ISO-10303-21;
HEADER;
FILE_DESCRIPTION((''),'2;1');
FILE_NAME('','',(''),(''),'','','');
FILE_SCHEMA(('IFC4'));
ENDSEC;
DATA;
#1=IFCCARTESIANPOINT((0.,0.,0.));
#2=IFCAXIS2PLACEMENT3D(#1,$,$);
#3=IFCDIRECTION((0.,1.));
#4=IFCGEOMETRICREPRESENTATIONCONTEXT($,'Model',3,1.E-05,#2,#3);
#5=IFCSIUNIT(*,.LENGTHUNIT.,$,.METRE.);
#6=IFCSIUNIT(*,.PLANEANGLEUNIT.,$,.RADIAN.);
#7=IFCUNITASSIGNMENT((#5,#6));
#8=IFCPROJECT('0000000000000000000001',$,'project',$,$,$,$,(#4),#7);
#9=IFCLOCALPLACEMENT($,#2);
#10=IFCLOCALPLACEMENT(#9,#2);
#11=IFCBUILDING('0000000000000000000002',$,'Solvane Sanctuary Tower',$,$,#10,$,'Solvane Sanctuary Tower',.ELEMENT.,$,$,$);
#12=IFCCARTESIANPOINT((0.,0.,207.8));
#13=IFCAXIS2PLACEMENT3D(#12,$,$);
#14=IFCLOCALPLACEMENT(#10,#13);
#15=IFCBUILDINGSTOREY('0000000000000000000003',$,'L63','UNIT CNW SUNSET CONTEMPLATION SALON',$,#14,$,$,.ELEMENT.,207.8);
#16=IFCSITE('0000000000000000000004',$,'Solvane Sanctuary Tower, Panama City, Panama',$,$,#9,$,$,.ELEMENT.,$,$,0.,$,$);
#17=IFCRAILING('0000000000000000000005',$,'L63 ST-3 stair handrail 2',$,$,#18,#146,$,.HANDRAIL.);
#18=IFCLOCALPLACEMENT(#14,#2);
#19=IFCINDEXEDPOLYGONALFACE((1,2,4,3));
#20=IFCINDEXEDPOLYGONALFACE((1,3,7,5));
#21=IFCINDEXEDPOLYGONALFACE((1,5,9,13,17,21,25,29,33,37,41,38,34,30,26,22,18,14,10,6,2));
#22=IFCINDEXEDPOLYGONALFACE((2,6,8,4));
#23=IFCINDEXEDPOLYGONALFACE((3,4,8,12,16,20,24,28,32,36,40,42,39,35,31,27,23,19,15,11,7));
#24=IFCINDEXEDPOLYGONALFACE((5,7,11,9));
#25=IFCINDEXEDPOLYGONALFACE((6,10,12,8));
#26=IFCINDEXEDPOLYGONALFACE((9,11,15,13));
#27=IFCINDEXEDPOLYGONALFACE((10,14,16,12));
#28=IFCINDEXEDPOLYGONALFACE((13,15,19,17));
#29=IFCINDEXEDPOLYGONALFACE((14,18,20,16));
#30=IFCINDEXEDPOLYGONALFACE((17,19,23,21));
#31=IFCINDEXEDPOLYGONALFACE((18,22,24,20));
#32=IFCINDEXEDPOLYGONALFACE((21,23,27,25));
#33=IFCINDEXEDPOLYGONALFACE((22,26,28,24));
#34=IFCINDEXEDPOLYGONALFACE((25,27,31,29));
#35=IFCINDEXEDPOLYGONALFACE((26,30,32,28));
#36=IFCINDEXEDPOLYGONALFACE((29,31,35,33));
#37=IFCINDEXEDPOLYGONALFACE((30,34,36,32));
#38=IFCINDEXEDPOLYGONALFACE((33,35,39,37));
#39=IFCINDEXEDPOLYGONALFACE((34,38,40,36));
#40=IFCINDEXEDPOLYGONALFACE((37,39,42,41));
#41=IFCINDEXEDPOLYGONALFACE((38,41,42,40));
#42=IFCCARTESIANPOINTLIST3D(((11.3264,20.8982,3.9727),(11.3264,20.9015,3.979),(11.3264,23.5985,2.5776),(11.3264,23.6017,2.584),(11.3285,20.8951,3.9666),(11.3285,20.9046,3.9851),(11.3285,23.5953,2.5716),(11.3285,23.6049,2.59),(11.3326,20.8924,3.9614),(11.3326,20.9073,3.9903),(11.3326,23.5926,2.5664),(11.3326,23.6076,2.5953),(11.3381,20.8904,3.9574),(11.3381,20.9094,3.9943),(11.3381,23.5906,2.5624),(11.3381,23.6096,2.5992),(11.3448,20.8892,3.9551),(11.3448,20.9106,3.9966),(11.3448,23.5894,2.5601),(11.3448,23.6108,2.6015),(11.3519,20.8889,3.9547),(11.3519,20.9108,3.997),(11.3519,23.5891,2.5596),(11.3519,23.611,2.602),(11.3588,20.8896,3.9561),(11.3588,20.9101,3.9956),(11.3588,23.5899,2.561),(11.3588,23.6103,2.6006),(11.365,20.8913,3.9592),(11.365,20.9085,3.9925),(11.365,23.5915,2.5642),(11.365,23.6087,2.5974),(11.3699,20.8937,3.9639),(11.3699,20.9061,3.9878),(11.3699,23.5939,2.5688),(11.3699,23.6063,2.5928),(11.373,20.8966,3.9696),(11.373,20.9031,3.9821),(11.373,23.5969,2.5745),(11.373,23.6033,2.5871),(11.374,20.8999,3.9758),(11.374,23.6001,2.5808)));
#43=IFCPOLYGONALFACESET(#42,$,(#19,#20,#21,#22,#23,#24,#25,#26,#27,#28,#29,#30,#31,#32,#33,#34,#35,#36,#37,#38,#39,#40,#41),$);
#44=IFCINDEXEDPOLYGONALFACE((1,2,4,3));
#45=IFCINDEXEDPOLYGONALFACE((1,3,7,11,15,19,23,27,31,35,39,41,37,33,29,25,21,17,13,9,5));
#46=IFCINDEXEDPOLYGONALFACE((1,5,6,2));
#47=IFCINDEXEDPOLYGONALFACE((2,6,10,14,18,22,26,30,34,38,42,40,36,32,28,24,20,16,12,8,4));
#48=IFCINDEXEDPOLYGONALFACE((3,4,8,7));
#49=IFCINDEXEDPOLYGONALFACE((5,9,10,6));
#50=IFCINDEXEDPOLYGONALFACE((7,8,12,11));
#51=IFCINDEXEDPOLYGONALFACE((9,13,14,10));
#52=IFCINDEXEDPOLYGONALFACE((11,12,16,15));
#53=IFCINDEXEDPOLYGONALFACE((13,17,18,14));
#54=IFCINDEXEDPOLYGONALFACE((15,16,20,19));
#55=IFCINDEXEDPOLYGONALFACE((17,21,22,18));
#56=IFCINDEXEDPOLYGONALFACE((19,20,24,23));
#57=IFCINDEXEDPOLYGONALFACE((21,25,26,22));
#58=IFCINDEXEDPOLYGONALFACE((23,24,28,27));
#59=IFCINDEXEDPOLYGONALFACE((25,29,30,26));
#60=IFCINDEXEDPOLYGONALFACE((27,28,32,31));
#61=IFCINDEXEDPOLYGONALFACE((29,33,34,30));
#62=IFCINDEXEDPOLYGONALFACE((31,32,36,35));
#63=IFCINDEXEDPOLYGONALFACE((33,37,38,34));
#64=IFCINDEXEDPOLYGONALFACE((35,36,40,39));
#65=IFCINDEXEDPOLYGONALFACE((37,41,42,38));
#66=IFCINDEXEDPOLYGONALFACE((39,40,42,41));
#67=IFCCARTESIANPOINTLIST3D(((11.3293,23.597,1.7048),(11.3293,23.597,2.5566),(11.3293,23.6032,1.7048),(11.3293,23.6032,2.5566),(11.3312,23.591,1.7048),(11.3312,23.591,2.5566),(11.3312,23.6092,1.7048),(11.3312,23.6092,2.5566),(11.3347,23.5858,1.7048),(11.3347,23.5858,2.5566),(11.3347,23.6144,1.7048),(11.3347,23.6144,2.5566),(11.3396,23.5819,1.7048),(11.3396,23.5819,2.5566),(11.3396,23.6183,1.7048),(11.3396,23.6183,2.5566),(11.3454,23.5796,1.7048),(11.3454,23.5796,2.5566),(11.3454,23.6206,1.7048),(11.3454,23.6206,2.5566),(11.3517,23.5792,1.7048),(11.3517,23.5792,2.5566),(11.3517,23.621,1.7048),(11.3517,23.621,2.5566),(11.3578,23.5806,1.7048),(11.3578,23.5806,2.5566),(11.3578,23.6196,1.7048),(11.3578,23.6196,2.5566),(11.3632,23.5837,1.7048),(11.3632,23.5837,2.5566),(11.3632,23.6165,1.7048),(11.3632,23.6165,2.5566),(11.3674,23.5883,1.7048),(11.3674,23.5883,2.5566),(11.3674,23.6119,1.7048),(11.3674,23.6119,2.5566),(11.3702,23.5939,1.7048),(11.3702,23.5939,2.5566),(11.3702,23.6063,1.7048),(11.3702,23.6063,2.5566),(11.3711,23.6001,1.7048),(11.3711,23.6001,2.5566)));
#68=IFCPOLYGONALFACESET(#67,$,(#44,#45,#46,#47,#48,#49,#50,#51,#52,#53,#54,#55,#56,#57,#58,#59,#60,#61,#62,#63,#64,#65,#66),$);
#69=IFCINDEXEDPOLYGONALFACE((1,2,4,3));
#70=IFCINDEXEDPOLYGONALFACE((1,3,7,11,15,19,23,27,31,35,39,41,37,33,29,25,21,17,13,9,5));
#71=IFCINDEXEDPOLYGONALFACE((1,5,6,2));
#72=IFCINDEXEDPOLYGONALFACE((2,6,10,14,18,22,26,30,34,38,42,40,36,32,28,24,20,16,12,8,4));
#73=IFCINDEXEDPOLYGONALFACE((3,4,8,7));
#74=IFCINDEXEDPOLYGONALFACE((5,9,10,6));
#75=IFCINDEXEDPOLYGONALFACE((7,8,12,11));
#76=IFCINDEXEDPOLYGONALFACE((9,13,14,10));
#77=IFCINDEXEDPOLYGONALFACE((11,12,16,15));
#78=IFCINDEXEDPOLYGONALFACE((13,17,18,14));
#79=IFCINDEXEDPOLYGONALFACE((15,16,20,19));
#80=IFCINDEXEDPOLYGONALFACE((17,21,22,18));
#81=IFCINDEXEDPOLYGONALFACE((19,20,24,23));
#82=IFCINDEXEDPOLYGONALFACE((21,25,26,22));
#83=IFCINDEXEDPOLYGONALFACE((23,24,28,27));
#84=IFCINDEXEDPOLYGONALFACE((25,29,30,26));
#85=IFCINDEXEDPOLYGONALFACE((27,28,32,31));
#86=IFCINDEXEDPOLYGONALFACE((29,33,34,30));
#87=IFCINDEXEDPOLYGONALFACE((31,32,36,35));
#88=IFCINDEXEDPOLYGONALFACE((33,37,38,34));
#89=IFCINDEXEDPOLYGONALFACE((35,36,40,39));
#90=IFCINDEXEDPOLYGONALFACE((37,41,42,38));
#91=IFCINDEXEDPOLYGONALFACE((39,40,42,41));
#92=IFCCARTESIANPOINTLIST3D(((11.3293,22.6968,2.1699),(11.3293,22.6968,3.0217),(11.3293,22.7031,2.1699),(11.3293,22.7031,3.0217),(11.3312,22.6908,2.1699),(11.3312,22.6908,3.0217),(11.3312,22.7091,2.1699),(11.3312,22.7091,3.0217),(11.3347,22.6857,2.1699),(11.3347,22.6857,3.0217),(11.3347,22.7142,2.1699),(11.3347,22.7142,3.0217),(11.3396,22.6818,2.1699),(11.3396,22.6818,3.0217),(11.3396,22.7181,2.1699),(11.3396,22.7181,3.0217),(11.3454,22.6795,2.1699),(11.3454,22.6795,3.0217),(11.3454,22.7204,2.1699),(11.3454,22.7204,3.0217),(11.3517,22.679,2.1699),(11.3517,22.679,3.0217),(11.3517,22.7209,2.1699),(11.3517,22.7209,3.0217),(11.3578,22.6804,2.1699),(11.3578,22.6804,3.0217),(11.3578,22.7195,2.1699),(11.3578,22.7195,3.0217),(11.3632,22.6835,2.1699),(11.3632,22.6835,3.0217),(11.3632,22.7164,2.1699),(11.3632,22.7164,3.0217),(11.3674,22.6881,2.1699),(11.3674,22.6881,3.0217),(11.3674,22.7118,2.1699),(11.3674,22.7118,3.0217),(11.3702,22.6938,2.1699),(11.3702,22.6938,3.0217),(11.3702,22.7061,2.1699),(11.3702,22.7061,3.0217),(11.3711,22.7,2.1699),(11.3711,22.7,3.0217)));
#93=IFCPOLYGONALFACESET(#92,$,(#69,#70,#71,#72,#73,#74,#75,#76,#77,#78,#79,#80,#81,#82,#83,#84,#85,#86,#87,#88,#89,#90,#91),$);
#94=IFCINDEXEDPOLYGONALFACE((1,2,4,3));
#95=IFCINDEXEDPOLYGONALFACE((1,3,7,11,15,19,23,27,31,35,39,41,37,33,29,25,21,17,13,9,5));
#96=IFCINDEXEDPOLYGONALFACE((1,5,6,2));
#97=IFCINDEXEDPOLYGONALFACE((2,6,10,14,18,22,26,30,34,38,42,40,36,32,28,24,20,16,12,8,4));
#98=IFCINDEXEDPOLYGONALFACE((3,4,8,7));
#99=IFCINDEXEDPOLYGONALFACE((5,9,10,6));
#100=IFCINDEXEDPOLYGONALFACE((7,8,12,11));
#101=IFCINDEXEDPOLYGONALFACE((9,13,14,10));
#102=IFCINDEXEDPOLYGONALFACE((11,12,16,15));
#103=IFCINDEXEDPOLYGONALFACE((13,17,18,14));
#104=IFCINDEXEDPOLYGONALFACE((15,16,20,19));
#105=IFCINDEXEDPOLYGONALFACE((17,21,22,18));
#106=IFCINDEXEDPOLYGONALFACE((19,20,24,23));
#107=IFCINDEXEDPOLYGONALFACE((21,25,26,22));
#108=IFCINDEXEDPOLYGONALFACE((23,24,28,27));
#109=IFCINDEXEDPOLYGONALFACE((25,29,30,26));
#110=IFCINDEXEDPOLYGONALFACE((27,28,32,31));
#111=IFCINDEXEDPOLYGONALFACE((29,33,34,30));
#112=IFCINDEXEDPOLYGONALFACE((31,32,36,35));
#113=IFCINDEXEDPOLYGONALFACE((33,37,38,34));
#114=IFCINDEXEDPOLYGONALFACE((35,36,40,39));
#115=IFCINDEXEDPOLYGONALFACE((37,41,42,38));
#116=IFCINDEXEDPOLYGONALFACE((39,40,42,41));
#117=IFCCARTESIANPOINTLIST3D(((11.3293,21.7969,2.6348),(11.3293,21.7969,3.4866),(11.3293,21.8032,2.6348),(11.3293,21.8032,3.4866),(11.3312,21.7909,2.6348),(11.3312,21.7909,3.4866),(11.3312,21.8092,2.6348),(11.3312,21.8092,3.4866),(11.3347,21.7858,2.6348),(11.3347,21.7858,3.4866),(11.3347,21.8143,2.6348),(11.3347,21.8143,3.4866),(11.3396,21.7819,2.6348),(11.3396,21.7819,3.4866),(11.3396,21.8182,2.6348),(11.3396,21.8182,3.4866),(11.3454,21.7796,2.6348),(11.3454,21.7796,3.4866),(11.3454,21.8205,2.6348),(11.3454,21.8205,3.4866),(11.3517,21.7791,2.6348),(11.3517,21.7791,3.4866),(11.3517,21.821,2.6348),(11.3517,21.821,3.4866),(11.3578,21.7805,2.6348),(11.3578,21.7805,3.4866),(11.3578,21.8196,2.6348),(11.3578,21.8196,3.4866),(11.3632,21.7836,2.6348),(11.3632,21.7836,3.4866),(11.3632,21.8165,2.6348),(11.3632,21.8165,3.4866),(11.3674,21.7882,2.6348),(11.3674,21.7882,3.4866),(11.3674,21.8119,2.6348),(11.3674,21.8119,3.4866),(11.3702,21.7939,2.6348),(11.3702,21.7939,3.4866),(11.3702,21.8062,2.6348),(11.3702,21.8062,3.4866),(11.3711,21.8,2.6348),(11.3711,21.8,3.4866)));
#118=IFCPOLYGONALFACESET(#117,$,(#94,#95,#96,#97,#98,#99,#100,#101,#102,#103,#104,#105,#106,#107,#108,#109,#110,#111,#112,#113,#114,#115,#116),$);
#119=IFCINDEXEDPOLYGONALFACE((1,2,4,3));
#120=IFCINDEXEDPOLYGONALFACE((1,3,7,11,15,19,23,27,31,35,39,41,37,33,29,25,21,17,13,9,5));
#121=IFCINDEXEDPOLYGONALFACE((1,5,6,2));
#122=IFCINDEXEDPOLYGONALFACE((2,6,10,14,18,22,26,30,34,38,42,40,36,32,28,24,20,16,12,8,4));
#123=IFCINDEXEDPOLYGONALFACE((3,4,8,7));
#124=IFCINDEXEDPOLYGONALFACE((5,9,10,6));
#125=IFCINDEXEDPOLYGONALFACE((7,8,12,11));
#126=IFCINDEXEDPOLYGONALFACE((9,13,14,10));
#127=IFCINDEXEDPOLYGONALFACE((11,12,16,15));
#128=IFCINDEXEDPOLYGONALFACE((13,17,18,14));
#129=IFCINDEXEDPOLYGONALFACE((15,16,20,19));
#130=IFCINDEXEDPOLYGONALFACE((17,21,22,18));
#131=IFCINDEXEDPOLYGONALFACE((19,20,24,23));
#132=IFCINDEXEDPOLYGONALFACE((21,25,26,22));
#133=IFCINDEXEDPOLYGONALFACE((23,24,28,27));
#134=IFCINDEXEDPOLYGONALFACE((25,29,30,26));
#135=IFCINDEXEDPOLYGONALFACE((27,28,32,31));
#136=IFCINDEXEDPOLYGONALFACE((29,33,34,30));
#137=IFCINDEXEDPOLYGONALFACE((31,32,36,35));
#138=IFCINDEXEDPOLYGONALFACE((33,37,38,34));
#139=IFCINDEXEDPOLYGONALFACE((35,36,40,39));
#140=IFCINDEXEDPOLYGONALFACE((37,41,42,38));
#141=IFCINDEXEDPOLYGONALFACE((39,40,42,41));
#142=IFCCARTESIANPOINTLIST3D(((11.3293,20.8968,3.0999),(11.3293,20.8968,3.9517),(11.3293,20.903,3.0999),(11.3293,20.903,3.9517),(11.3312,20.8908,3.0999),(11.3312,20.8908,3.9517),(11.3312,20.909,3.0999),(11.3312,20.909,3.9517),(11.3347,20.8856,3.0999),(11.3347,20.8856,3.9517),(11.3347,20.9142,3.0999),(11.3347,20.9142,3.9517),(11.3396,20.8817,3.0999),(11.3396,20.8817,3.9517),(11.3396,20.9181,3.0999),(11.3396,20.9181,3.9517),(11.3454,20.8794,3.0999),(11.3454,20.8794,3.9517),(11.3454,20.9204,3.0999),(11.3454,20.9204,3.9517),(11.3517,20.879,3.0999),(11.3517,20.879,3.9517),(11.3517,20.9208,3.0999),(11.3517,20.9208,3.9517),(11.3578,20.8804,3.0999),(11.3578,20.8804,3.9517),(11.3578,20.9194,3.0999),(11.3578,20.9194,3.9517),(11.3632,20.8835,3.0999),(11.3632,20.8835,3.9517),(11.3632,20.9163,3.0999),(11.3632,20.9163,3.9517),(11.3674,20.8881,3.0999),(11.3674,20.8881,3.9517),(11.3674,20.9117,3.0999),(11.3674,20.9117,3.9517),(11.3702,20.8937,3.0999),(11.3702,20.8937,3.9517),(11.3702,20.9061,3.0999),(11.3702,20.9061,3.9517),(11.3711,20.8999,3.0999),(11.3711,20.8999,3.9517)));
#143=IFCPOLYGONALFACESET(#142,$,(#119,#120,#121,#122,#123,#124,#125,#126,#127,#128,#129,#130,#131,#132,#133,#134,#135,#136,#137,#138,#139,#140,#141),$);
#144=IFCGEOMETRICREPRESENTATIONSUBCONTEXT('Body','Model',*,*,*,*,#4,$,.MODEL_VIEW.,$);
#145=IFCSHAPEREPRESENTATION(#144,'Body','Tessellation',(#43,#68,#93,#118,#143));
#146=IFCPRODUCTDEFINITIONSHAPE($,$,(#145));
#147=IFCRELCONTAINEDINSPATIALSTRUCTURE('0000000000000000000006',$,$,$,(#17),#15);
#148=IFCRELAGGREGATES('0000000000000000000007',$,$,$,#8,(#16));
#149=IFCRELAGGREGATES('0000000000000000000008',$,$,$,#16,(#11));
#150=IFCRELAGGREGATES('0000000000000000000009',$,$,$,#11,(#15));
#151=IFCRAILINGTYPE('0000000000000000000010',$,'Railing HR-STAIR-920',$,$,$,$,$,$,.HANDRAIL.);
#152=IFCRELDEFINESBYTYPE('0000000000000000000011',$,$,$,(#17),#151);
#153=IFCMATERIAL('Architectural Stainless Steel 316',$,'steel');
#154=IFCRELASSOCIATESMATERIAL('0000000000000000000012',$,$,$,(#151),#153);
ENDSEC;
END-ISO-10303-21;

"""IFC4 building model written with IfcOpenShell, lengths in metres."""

from ifc_helpers import new_model, si_unit, direction, frame, origin, origin_2d, place, context, subcontext, project, spatial, circle, extrude, material, type_object, element, save


model = new_model("IFC4")

# Units and contexts
model_context = context("Model", 3, precision=1e-05, world=origin(), true_north=direction((0.0, 1.0)))
body_context = subcontext(model_context, "Body", "Model", "MODEL_VIEW")
ifc_project = project(units=[si_unit("LENGTHUNIT", "METRE"), si_unit("PLANEANGLEUNIT", "RADIAN")], contexts=[model_context])

# Site, building, storey
site_placement = place(None, origin())
site = spatial("IfcSite", under=ifc_project, at=site_placement, Name="Solvane Sanctuary Tower, Panama City, Panama", CompositionType="ELEMENT", RefElevation=0.0)
building_placement = place(site_placement, origin())
building = spatial("IfcBuilding", under=site, at=building_placement, Name="Solvane Sanctuary Tower", LongName="Solvane Sanctuary Tower", CompositionType="ELEMENT")
storey_placement = place(building_placement, frame((0.0, 0.0, 207.8)))
storey = spatial("IfcBuildingStorey", under=building, at=storey_placement, Name="L63", Description="UNIT CNW SUNSET CONTEMPLATION SALON", CompositionType="ELEMENT", Elevation=207.8)

# Shared definitions
ifc_material_1 = material(Name="Architectural Stainless Steel 316", Category="steel")

# Railing
railing_type_1 = type_object("IfcRailingType", Name="Railing HR-STAIR-920", PredefinedType="HANDRAIL", material=ifc_material_1)
railing_1_placement = place(storey_placement, frame((11.3501, 23.6001, 1.7048)))
element("IfcRailing", 1, at=railing_1_placement, inside=storey, type_object=railing_type_1, Name="L63 ST-3 stair handrail 2", PredefinedType="HANDRAIL", context=body_context, shape_type="SweptSolid", body=[
    extrude(circle(Radius=0.0239, at=origin_2d()), frame((0.0, 0.0, 0.876), z_axis=(0.0, -0.888437, 0.458999), x_axis=(1.0, 0.0, 0.0)), (0.0, 0.0, 1.0), 3.0393),
    extrude(circle(Radius=0.021, at=origin_2d()), origin(), (0.0, 0.0, 1.0), 0.8518),
    extrude(circle(Radius=0.021, at=origin_2d()), frame((0.0, -0.9001, 0.4651)), (0.0, 0.0, 1.0), 0.8518),
    extrude(circle(Radius=0.021, at=origin_2d()), frame((0.0, -1.8, 0.9299)), (0.0, 0.0, 1.0), 0.8518),
    extrude(circle(Radius=0.021, at=origin_2d()), frame((0.0, -2.7002, 1.395)), (0.0, 0.0, 1.0), 0.8518),
])

save(model, "model.ifc")
